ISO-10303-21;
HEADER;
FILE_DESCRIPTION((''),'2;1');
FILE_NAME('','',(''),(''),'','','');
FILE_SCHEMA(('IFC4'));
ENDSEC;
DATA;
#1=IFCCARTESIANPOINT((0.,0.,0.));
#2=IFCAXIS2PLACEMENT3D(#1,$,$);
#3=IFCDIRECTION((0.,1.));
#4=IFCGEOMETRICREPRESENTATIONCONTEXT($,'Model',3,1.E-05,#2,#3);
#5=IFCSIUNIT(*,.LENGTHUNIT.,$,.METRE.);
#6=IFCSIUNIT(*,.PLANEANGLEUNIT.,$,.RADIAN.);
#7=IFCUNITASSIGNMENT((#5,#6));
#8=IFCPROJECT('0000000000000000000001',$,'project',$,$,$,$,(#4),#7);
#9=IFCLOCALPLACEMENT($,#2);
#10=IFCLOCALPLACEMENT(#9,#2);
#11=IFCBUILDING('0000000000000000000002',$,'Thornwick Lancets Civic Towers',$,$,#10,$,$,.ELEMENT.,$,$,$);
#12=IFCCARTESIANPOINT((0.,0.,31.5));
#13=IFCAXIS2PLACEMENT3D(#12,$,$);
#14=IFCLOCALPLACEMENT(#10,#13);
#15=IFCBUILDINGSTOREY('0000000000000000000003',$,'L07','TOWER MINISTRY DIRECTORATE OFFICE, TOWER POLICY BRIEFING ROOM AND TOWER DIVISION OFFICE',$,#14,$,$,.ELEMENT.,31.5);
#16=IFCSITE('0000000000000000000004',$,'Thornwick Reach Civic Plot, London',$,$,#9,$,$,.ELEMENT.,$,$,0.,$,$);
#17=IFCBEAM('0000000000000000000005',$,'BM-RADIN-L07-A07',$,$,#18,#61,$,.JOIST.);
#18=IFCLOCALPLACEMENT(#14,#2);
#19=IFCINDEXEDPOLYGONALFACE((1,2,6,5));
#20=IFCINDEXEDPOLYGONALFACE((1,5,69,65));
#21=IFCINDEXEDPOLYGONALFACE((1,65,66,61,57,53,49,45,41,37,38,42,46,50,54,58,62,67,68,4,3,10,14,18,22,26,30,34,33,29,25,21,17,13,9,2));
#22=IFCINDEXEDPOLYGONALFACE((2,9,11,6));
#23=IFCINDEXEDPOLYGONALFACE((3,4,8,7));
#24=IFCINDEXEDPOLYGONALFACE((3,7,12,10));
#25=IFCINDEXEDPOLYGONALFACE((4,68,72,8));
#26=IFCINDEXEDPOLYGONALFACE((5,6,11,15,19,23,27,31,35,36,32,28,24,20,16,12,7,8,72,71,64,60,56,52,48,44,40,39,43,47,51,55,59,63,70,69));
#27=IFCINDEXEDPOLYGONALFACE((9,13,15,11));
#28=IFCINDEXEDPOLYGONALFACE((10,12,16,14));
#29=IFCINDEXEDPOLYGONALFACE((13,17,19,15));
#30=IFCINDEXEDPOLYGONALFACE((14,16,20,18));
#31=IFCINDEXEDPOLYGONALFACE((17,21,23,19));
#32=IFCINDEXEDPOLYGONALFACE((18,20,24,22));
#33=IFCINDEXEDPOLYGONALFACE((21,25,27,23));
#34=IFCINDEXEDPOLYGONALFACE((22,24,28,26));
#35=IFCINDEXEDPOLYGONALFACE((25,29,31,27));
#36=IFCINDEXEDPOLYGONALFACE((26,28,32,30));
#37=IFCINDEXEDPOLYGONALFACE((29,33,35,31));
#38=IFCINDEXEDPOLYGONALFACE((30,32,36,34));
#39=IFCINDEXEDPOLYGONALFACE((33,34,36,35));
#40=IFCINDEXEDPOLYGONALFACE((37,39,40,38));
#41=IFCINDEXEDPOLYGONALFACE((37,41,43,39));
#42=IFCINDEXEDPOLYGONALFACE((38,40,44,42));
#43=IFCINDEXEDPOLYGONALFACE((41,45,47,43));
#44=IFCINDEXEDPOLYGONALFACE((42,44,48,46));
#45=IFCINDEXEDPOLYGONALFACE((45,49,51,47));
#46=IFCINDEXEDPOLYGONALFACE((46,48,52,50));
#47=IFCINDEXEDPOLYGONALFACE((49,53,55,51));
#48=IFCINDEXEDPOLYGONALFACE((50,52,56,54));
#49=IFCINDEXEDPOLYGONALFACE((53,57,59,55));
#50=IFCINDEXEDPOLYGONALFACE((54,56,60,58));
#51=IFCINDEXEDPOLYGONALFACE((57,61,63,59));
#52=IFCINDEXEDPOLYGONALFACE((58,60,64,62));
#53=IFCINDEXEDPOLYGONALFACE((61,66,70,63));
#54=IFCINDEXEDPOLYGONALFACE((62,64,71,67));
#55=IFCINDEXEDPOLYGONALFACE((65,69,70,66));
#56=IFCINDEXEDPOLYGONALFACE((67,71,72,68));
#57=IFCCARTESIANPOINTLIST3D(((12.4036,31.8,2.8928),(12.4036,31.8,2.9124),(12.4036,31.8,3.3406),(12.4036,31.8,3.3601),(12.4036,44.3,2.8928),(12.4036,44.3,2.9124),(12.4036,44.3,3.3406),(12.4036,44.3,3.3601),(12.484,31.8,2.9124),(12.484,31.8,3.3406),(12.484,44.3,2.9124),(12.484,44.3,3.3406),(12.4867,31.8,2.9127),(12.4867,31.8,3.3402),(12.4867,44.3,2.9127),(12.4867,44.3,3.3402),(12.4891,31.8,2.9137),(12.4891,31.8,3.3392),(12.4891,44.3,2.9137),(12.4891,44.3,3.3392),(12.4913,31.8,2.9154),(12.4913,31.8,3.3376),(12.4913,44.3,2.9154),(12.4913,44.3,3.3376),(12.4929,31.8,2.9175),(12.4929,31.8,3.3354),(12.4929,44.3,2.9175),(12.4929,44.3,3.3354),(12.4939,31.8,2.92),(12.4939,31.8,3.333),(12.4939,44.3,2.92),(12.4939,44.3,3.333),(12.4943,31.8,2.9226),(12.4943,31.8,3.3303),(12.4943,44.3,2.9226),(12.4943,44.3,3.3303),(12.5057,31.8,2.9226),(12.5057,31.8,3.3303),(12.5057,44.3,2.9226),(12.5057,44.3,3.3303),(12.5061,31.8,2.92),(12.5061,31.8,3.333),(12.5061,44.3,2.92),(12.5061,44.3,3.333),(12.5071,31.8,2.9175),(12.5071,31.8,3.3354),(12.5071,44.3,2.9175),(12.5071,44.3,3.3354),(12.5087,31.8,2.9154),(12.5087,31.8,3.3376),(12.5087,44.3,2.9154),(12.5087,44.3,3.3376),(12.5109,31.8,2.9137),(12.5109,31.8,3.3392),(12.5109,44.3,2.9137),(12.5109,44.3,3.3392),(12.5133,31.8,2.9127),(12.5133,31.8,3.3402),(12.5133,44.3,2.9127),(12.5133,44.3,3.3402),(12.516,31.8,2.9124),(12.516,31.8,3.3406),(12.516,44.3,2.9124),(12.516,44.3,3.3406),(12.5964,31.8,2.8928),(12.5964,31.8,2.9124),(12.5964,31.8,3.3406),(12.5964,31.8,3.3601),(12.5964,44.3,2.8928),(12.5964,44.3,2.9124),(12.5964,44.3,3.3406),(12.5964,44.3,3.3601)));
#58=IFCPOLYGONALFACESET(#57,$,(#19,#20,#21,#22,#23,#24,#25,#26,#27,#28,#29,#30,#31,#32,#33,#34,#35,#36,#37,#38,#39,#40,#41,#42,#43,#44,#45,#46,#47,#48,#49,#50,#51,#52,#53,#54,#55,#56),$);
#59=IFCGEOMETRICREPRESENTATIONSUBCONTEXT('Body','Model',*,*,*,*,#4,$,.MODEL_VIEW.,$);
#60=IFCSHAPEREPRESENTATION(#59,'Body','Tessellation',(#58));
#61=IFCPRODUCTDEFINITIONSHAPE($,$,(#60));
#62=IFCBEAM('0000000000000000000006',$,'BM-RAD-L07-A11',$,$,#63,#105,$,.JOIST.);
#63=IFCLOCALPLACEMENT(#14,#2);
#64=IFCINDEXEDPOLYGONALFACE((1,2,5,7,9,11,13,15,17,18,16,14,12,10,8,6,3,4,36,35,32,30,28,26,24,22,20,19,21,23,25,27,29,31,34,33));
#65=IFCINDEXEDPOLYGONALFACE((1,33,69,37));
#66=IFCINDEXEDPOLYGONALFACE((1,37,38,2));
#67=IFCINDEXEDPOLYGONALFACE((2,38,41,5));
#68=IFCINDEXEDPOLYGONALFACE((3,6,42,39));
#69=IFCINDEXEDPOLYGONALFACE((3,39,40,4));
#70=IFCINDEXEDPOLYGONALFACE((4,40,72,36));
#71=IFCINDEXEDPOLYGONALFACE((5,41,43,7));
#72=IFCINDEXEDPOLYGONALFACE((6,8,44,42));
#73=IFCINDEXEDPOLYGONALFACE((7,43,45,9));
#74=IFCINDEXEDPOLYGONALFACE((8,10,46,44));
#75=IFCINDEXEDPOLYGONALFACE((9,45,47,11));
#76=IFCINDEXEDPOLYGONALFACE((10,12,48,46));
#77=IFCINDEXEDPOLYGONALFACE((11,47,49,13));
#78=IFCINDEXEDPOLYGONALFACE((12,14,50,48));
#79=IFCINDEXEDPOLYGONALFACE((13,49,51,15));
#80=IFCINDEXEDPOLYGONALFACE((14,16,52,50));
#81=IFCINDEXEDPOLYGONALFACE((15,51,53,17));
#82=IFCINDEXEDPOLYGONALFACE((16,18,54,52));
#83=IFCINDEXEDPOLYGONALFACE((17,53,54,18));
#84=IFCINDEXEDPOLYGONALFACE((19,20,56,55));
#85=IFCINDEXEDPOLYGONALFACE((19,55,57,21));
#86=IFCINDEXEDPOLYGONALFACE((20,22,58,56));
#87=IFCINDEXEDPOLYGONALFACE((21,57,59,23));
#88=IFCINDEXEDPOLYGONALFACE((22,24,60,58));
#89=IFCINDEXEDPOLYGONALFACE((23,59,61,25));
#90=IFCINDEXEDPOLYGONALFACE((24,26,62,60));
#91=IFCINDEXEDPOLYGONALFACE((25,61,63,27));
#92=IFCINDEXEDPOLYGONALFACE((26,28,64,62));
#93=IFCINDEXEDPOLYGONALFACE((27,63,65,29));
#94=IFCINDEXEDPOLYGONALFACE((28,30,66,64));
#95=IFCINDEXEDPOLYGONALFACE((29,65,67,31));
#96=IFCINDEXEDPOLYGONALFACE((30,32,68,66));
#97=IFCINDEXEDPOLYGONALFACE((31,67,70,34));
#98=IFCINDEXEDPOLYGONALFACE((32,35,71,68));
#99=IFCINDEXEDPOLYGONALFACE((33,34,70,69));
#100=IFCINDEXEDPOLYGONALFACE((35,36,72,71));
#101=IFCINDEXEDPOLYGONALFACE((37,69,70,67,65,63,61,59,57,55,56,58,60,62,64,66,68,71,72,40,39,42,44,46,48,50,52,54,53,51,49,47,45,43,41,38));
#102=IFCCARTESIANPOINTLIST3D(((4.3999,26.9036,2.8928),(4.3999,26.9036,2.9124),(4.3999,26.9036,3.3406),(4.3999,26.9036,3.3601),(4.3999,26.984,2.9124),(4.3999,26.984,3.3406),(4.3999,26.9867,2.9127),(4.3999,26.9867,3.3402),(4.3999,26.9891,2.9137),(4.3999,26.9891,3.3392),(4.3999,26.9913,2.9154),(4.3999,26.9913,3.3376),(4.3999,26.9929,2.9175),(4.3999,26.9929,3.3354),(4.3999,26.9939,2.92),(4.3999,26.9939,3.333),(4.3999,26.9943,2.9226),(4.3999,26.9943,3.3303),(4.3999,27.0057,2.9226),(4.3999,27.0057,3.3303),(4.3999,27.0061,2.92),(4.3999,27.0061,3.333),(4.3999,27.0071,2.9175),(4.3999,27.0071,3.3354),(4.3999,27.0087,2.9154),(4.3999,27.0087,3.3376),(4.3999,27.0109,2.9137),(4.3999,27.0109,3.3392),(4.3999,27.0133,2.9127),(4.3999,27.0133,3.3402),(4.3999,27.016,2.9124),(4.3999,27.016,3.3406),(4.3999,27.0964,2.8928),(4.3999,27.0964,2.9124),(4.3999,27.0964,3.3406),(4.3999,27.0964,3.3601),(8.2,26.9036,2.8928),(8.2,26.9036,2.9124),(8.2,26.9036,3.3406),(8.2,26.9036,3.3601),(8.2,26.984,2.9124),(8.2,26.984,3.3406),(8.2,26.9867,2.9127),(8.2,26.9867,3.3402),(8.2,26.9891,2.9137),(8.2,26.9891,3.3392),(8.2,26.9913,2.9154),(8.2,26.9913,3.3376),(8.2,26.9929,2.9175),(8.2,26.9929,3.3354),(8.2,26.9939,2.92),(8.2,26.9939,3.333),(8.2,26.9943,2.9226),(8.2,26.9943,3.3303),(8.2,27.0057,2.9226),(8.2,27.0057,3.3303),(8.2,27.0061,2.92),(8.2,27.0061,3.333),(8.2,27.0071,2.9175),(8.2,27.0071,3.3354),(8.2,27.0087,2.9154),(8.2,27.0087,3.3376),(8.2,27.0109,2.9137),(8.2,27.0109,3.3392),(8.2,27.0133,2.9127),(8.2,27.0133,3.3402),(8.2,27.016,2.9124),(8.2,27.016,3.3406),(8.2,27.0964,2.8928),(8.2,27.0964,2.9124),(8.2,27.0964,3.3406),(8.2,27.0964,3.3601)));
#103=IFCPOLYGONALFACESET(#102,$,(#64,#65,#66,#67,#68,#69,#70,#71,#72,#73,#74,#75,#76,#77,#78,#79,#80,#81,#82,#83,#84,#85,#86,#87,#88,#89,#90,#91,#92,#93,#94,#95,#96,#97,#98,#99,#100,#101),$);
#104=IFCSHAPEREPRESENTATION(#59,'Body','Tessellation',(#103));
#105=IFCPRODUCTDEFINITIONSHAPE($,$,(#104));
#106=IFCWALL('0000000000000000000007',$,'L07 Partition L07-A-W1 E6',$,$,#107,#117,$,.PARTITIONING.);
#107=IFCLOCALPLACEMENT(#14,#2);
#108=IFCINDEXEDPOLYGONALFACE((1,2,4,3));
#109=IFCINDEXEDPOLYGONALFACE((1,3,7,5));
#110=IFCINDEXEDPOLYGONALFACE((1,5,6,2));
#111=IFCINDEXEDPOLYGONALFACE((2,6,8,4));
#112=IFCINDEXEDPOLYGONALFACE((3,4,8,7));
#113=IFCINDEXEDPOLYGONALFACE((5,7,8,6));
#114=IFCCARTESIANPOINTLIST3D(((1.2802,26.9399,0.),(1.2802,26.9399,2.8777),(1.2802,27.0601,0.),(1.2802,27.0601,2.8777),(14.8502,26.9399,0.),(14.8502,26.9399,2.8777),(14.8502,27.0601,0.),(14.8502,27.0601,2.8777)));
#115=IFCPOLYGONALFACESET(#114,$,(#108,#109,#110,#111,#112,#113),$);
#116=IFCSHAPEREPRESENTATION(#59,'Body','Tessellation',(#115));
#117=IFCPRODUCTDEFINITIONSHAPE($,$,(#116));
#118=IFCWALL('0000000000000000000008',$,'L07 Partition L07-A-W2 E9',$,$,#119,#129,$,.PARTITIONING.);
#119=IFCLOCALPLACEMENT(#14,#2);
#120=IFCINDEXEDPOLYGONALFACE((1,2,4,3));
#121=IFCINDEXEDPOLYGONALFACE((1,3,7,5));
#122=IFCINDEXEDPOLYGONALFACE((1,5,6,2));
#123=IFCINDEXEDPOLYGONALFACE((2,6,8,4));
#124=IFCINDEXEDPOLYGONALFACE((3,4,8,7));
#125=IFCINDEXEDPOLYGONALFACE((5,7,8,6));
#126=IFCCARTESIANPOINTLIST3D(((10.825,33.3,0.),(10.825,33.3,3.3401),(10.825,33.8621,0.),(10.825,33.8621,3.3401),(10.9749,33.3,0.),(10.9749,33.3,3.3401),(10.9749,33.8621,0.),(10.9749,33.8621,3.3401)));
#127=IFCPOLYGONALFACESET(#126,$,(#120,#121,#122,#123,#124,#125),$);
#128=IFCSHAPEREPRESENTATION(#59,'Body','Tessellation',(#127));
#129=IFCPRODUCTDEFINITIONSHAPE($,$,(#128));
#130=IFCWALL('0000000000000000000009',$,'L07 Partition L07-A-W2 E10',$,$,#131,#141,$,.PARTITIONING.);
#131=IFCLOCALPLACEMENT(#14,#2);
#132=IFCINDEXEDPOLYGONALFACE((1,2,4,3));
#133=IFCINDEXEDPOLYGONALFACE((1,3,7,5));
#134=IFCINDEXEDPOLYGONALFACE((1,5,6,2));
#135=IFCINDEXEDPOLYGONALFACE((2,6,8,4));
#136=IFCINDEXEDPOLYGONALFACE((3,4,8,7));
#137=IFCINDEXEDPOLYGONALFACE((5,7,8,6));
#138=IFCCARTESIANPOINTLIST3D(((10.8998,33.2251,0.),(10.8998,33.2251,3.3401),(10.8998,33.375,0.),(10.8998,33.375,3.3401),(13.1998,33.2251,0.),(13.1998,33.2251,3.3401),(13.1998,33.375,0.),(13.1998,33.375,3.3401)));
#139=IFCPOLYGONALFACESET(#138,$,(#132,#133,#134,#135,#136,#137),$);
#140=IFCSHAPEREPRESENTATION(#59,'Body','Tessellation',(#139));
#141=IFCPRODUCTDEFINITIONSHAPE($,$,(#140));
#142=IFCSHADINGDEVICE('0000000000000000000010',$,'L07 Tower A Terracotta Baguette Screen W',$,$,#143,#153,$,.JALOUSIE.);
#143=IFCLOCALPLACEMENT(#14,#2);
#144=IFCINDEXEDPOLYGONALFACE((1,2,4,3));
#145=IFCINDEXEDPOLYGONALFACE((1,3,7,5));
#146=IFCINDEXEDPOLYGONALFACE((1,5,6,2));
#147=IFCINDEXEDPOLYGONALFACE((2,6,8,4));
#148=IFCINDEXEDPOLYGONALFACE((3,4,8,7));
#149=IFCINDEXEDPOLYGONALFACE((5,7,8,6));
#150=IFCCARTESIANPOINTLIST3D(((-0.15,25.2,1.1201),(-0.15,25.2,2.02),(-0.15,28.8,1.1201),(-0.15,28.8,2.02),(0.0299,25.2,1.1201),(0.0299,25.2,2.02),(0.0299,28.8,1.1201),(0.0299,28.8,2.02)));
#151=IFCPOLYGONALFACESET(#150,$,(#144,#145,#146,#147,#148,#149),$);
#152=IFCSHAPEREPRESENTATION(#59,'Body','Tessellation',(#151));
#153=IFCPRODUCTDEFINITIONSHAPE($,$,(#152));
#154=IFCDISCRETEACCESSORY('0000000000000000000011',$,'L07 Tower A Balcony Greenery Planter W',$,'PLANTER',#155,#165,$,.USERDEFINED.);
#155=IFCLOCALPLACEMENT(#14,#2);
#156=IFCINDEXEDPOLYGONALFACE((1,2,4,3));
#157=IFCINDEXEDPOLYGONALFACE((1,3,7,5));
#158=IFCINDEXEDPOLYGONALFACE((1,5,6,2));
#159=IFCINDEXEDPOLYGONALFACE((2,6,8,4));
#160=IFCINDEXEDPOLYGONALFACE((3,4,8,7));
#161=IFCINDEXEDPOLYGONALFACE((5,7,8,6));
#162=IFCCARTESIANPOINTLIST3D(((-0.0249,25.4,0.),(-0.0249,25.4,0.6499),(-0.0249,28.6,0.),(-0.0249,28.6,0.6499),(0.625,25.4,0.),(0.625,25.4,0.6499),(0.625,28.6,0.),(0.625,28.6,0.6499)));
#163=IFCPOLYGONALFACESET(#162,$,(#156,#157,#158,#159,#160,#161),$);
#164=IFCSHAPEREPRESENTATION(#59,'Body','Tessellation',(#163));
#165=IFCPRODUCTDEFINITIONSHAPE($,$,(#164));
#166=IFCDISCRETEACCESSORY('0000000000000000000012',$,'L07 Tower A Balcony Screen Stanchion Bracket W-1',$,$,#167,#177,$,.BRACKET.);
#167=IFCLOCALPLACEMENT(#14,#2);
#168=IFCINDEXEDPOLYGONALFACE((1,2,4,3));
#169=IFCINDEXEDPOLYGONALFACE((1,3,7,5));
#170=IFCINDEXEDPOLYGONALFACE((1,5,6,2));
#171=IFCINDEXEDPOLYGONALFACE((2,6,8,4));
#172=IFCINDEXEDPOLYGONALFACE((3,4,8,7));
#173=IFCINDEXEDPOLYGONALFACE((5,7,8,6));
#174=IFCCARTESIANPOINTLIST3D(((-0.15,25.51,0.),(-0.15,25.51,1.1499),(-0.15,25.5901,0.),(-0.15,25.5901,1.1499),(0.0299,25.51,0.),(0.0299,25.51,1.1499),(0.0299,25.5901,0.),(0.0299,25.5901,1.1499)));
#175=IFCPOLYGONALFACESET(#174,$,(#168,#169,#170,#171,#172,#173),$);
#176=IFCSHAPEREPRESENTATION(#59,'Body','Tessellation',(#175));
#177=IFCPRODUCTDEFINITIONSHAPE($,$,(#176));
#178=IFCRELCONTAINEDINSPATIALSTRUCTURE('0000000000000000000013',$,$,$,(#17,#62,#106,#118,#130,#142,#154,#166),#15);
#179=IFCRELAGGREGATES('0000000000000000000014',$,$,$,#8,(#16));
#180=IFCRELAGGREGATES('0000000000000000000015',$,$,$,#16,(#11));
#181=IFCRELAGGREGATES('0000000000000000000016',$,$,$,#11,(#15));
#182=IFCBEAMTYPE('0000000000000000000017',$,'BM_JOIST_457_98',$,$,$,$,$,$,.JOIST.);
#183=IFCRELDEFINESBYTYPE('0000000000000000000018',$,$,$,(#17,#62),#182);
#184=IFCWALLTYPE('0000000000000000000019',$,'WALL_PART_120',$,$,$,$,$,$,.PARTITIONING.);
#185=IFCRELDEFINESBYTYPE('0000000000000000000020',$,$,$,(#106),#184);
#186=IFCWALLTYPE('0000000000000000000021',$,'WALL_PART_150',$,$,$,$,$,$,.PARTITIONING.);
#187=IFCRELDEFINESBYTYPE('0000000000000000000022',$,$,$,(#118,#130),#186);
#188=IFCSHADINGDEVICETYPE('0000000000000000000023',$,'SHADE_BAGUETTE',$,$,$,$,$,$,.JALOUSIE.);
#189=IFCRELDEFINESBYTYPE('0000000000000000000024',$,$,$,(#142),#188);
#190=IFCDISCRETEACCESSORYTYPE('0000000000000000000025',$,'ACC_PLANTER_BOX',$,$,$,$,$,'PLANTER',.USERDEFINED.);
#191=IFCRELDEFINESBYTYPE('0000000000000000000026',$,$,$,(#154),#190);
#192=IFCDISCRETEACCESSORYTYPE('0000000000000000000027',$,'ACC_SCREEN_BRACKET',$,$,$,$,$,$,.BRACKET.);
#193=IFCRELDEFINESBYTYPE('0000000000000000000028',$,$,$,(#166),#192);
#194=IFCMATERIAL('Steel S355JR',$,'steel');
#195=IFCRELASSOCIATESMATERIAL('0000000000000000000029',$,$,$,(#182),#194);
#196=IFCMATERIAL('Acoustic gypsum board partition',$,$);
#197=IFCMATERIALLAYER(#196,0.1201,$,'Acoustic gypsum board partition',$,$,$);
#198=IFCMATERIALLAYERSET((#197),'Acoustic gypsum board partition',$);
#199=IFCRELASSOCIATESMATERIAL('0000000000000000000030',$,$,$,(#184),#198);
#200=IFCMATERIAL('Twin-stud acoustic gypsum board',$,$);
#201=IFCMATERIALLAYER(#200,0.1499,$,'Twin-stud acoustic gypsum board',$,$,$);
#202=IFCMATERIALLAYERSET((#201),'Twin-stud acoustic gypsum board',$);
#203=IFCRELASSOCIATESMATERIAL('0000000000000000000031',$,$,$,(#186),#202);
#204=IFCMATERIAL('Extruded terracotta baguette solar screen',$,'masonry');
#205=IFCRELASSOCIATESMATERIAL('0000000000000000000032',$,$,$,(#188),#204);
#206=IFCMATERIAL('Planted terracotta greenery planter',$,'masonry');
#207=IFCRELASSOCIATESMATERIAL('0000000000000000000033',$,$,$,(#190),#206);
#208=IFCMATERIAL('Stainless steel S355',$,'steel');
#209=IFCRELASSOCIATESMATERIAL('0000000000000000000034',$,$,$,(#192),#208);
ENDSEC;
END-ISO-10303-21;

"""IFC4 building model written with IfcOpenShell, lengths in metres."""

from ifc_helpers import new_model, si_unit, direction, frame, frame_2d, origin, origin_2d, place, context, subcontext, project, spatial, rectangle, i_section, extrude, material, layer, layer_set, material_profile, profile_set, type_object, element, save


model = new_model("IFC4")

# Units and contexts
model_context = context("Model", 3, precision=1e-05, world=origin(), true_north=direction((0.0, 1.0)))
body_context = subcontext(model_context, "Body", "Model", "MODEL_VIEW")
ifc_project = project(units=[si_unit("LENGTHUNIT", "METRE"), si_unit("PLANEANGLEUNIT", "RADIAN")], contexts=[model_context])

# Site, building, storey
site_placement = place(None, origin())
site = spatial("IfcSite", under=ifc_project, at=site_placement, Name="Thornwick Reach Civic Plot, London", CompositionType="ELEMENT", RefElevation=0.0)
building_placement = place(site_placement, origin())
building = spatial("IfcBuilding", under=site, at=building_placement, Name="Thornwick Lancets Civic Towers", CompositionType="ELEMENT")
storey_placement = place(building_placement, frame((0.0, 0.0, 31.5)))
storey = spatial("IfcBuildingStorey", under=building, at=storey_placement, Name="L07", Description="TOWER MINISTRY DIRECTORATE OFFICE, TOWER POLICY BRIEFING ROOM AND TOWER DIVISION OFFICE", CompositionType="ELEMENT", Elevation=31.5)

# Beams
ifc_material_1 = material(Name="Steel S355JR", Category="steel")
ifc_material_profile_1 = material_profile(ifc_material_1, i_section(OverallWidth=0.1929, OverallDepth=0.4673, WebThickness=0.0115, FlangeThickness=0.0195, FilletRadius=0.0103, at=origin_2d()), Name="UKB 457x191x98")
ifc_profile_set_1 = profile_set([ifc_material_profile_1], Name="Steel S355JR")
beam_type_1 = type_object("IfcBeamType", Name="BM_JOIST_457_98", PredefinedType="JOIST", material=ifc_profile_set_1)
beam_1_placement = place(storey_placement, frame((12.5, 31.8, 3.1265), z_axis=(0.0, 1.0, 0.0), x_axis=(-1.0, 0.0, 0.0)))
element("IfcBeam", 1, at=beam_1_placement, inside=storey, type_object=beam_type_1, Name="BM-RADIN-L07-A07", PredefinedType="JOIST", context=body_context, shape_type="SweptSolid", body=[
    extrude(i_section(OverallWidth=0.1929, OverallDepth=0.4673, WebThickness=0.0115, FlangeThickness=0.0195, FilletRadius=0.0103, at=origin_2d()), origin(), (0.0, 0.0, 1.0), 12.5),
])
beam_2_placement = place(storey_placement, frame((8.2, 27.0, 3.1265), z_axis=(-1.0, 0.0, 0.0), x_axis=(0.0, -1.0, 0.0)))
element("IfcBeam", 2, at=beam_2_placement, inside=storey, type_object=beam_type_1, Name="BM-RAD-L07-A11", PredefinedType="JOIST", context=body_context, shape_type="SweptSolid", body=[
    extrude(i_section(OverallWidth=0.1929, OverallDepth=0.4673, WebThickness=0.0115, FlangeThickness=0.0195, FilletRadius=0.0103, at=origin_2d()), origin(), (0.0, 0.0, 1.0), 3.8),
])

# Walls
ifc_material_2 = material(Name="Acoustic gypsum board partition")
ifc_layer_1 = layer(ifc_material_2, 0.1201, Name="Acoustic gypsum board partition")
ifc_layer_set_1 = layer_set([ifc_layer_1], Name="Acoustic gypsum board partition")
wall_type_1 = type_object("IfcWallType", Name="WALL_PART_120", PredefinedType="PARTITIONING", material=ifc_layer_set_1)
wall_1_placement = place(storey_placement, frame((1.28, 27.0, 0.0), z_axis=(0.0, 0.0, 1.0), x_axis=(1.0, 0.0, 0.0)))
element("IfcWall", 3, at=wall_1_placement, inside=storey, type_object=wall_type_1, Name="L07 Partition L07-A-W1 E6", PredefinedType="PARTITIONING", context=body_context, shape_type="SweptSolid", body=[
    extrude(rectangle(XDim=13.5701, YDim=0.1201, at=frame_2d((6.7852, 0.0))), origin(), (0.0, 0.0, 1.0), 2.8777),
])
ifc_material_3 = material(Name="Twin-stud acoustic gypsum board")
ifc_layer_2 = layer(ifc_material_3, 0.1499, Name="Twin-stud acoustic gypsum board")
ifc_layer_set_2 = layer_set([ifc_layer_2], Name="Twin-stud acoustic gypsum board")
wall_type_2 = type_object("IfcWallType", Name="WALL_PART_150", PredefinedType="PARTITIONING", material=ifc_layer_set_2)
wall_2_placement = place(storey_placement, frame((10.8999, 33.8621, 0.0), z_axis=(0.0, 0.0, 1.0), x_axis=(0.0, -1.0, 0.0)))
element("IfcWall", 4, at=wall_2_placement, inside=storey, type_object=wall_type_2, Name="L07 Partition L07-A-W2 E9", PredefinedType="PARTITIONING", context=body_context, shape_type="SweptSolid", body=[
    extrude(rectangle(XDim=0.562, YDim=0.1499, at=frame_2d((0.281, 0.0))), origin(), (0.0, 0.0, 1.0), 3.3401),
])
wall_3_placement = place(storey_placement, frame((10.8999, 33.3, 0.0), z_axis=(0.0, 0.0, 1.0), x_axis=(1.0, 0.0, 0.0)))
element("IfcWall", 5, at=wall_3_placement, inside=storey, type_object=wall_type_2, Name="L07 Partition L07-A-W2 E10", PredefinedType="PARTITIONING", context=body_context, shape_type="SweptSolid", body=[
    extrude(rectangle(XDim=2.3, YDim=0.1499, at=frame_2d((1.1499, 0.0))), origin(), (0.0, 0.0, 1.0), 3.3401),
])

# Shading device
ifc_material_4 = material(Name="Extruded terracotta baguette solar screen", Category="masonry")
shading_device_type = type_object("IfcShadingDeviceType", Name="SHADE_BAGUETTE", PredefinedType="JALOUSIE", material=ifc_material_4)
shading_device_placement = place(storey_placement, frame((-0.0601, 27.0, 1.1201), z_axis=(0.0, 0.0, 1.0), x_axis=(0.0, 1.0, 0.0)))
element("IfcShadingDevice", 6, at=shading_device_placement, inside=storey, type_object=shading_device_type, Name="L07 Tower A Terracotta Baguette Screen W", PredefinedType="JALOUSIE", context=body_context, shape_type="SweptSolid", body=[
    extrude(rectangle(XDim=3.6001, YDim=0.1799, at=origin_2d()), origin(), (0.0, 0.0, 1.0), 0.8999),
])

# Discrete accessories
ifc_material_5 = material(Name="Planted terracotta greenery planter", Category="masonry")
discrete_accessory_type_1 = type_object("IfcDiscreteAccessoryType", Name="ACC_PLANTER_BOX", ElementType="PLANTER", PredefinedType="USERDEFINED", material=ifc_material_5)
discrete_accessory_1_placement = place(storey_placement, frame((0.3, 27.0, 0.0), z_axis=(0.0, 0.0, 1.0), x_axis=(1.0, 0.0, 0.0)))
element("IfcDiscreteAccessory", 7, at=discrete_accessory_1_placement, inside=storey, type_object=discrete_accessory_type_1, Name="L07 Tower A Balcony Greenery Planter W", ObjectType="PLANTER", PredefinedType="USERDEFINED", context=body_context, shape_type="SweptSolid", body=[
    extrude(rectangle(XDim=0.6499, YDim=3.2, at=origin_2d()), origin(), (0.0, 0.0, 1.0), 0.6499),
])
ifc_material_6 = material(Name="Stainless steel S355", Category="steel")
discrete_accessory_type_2 = type_object("IfcDiscreteAccessoryType", Name="ACC_SCREEN_BRACKET", PredefinedType="BRACKET", material=ifc_material_6)
discrete_accessory_2_placement = place(storey_placement, frame((-0.0601, 25.55, 0.0), z_axis=(0.0, 0.0, 1.0), x_axis=(0.0, 1.0, 0.0)))
element("IfcDiscreteAccessory", 8, at=discrete_accessory_2_placement, inside=storey, type_object=discrete_accessory_type_2, Name="L07 Tower A Balcony Screen Stanchion Bracket W-1", PredefinedType="BRACKET", context=body_context, shape_type="SweptSolid", body=[
    extrude(rectangle(XDim=0.0801, YDim=0.1799, at=origin_2d()), origin(), (0.0, 0.0, 1.0), 1.1499),
])

save(model, "model.ifc")
